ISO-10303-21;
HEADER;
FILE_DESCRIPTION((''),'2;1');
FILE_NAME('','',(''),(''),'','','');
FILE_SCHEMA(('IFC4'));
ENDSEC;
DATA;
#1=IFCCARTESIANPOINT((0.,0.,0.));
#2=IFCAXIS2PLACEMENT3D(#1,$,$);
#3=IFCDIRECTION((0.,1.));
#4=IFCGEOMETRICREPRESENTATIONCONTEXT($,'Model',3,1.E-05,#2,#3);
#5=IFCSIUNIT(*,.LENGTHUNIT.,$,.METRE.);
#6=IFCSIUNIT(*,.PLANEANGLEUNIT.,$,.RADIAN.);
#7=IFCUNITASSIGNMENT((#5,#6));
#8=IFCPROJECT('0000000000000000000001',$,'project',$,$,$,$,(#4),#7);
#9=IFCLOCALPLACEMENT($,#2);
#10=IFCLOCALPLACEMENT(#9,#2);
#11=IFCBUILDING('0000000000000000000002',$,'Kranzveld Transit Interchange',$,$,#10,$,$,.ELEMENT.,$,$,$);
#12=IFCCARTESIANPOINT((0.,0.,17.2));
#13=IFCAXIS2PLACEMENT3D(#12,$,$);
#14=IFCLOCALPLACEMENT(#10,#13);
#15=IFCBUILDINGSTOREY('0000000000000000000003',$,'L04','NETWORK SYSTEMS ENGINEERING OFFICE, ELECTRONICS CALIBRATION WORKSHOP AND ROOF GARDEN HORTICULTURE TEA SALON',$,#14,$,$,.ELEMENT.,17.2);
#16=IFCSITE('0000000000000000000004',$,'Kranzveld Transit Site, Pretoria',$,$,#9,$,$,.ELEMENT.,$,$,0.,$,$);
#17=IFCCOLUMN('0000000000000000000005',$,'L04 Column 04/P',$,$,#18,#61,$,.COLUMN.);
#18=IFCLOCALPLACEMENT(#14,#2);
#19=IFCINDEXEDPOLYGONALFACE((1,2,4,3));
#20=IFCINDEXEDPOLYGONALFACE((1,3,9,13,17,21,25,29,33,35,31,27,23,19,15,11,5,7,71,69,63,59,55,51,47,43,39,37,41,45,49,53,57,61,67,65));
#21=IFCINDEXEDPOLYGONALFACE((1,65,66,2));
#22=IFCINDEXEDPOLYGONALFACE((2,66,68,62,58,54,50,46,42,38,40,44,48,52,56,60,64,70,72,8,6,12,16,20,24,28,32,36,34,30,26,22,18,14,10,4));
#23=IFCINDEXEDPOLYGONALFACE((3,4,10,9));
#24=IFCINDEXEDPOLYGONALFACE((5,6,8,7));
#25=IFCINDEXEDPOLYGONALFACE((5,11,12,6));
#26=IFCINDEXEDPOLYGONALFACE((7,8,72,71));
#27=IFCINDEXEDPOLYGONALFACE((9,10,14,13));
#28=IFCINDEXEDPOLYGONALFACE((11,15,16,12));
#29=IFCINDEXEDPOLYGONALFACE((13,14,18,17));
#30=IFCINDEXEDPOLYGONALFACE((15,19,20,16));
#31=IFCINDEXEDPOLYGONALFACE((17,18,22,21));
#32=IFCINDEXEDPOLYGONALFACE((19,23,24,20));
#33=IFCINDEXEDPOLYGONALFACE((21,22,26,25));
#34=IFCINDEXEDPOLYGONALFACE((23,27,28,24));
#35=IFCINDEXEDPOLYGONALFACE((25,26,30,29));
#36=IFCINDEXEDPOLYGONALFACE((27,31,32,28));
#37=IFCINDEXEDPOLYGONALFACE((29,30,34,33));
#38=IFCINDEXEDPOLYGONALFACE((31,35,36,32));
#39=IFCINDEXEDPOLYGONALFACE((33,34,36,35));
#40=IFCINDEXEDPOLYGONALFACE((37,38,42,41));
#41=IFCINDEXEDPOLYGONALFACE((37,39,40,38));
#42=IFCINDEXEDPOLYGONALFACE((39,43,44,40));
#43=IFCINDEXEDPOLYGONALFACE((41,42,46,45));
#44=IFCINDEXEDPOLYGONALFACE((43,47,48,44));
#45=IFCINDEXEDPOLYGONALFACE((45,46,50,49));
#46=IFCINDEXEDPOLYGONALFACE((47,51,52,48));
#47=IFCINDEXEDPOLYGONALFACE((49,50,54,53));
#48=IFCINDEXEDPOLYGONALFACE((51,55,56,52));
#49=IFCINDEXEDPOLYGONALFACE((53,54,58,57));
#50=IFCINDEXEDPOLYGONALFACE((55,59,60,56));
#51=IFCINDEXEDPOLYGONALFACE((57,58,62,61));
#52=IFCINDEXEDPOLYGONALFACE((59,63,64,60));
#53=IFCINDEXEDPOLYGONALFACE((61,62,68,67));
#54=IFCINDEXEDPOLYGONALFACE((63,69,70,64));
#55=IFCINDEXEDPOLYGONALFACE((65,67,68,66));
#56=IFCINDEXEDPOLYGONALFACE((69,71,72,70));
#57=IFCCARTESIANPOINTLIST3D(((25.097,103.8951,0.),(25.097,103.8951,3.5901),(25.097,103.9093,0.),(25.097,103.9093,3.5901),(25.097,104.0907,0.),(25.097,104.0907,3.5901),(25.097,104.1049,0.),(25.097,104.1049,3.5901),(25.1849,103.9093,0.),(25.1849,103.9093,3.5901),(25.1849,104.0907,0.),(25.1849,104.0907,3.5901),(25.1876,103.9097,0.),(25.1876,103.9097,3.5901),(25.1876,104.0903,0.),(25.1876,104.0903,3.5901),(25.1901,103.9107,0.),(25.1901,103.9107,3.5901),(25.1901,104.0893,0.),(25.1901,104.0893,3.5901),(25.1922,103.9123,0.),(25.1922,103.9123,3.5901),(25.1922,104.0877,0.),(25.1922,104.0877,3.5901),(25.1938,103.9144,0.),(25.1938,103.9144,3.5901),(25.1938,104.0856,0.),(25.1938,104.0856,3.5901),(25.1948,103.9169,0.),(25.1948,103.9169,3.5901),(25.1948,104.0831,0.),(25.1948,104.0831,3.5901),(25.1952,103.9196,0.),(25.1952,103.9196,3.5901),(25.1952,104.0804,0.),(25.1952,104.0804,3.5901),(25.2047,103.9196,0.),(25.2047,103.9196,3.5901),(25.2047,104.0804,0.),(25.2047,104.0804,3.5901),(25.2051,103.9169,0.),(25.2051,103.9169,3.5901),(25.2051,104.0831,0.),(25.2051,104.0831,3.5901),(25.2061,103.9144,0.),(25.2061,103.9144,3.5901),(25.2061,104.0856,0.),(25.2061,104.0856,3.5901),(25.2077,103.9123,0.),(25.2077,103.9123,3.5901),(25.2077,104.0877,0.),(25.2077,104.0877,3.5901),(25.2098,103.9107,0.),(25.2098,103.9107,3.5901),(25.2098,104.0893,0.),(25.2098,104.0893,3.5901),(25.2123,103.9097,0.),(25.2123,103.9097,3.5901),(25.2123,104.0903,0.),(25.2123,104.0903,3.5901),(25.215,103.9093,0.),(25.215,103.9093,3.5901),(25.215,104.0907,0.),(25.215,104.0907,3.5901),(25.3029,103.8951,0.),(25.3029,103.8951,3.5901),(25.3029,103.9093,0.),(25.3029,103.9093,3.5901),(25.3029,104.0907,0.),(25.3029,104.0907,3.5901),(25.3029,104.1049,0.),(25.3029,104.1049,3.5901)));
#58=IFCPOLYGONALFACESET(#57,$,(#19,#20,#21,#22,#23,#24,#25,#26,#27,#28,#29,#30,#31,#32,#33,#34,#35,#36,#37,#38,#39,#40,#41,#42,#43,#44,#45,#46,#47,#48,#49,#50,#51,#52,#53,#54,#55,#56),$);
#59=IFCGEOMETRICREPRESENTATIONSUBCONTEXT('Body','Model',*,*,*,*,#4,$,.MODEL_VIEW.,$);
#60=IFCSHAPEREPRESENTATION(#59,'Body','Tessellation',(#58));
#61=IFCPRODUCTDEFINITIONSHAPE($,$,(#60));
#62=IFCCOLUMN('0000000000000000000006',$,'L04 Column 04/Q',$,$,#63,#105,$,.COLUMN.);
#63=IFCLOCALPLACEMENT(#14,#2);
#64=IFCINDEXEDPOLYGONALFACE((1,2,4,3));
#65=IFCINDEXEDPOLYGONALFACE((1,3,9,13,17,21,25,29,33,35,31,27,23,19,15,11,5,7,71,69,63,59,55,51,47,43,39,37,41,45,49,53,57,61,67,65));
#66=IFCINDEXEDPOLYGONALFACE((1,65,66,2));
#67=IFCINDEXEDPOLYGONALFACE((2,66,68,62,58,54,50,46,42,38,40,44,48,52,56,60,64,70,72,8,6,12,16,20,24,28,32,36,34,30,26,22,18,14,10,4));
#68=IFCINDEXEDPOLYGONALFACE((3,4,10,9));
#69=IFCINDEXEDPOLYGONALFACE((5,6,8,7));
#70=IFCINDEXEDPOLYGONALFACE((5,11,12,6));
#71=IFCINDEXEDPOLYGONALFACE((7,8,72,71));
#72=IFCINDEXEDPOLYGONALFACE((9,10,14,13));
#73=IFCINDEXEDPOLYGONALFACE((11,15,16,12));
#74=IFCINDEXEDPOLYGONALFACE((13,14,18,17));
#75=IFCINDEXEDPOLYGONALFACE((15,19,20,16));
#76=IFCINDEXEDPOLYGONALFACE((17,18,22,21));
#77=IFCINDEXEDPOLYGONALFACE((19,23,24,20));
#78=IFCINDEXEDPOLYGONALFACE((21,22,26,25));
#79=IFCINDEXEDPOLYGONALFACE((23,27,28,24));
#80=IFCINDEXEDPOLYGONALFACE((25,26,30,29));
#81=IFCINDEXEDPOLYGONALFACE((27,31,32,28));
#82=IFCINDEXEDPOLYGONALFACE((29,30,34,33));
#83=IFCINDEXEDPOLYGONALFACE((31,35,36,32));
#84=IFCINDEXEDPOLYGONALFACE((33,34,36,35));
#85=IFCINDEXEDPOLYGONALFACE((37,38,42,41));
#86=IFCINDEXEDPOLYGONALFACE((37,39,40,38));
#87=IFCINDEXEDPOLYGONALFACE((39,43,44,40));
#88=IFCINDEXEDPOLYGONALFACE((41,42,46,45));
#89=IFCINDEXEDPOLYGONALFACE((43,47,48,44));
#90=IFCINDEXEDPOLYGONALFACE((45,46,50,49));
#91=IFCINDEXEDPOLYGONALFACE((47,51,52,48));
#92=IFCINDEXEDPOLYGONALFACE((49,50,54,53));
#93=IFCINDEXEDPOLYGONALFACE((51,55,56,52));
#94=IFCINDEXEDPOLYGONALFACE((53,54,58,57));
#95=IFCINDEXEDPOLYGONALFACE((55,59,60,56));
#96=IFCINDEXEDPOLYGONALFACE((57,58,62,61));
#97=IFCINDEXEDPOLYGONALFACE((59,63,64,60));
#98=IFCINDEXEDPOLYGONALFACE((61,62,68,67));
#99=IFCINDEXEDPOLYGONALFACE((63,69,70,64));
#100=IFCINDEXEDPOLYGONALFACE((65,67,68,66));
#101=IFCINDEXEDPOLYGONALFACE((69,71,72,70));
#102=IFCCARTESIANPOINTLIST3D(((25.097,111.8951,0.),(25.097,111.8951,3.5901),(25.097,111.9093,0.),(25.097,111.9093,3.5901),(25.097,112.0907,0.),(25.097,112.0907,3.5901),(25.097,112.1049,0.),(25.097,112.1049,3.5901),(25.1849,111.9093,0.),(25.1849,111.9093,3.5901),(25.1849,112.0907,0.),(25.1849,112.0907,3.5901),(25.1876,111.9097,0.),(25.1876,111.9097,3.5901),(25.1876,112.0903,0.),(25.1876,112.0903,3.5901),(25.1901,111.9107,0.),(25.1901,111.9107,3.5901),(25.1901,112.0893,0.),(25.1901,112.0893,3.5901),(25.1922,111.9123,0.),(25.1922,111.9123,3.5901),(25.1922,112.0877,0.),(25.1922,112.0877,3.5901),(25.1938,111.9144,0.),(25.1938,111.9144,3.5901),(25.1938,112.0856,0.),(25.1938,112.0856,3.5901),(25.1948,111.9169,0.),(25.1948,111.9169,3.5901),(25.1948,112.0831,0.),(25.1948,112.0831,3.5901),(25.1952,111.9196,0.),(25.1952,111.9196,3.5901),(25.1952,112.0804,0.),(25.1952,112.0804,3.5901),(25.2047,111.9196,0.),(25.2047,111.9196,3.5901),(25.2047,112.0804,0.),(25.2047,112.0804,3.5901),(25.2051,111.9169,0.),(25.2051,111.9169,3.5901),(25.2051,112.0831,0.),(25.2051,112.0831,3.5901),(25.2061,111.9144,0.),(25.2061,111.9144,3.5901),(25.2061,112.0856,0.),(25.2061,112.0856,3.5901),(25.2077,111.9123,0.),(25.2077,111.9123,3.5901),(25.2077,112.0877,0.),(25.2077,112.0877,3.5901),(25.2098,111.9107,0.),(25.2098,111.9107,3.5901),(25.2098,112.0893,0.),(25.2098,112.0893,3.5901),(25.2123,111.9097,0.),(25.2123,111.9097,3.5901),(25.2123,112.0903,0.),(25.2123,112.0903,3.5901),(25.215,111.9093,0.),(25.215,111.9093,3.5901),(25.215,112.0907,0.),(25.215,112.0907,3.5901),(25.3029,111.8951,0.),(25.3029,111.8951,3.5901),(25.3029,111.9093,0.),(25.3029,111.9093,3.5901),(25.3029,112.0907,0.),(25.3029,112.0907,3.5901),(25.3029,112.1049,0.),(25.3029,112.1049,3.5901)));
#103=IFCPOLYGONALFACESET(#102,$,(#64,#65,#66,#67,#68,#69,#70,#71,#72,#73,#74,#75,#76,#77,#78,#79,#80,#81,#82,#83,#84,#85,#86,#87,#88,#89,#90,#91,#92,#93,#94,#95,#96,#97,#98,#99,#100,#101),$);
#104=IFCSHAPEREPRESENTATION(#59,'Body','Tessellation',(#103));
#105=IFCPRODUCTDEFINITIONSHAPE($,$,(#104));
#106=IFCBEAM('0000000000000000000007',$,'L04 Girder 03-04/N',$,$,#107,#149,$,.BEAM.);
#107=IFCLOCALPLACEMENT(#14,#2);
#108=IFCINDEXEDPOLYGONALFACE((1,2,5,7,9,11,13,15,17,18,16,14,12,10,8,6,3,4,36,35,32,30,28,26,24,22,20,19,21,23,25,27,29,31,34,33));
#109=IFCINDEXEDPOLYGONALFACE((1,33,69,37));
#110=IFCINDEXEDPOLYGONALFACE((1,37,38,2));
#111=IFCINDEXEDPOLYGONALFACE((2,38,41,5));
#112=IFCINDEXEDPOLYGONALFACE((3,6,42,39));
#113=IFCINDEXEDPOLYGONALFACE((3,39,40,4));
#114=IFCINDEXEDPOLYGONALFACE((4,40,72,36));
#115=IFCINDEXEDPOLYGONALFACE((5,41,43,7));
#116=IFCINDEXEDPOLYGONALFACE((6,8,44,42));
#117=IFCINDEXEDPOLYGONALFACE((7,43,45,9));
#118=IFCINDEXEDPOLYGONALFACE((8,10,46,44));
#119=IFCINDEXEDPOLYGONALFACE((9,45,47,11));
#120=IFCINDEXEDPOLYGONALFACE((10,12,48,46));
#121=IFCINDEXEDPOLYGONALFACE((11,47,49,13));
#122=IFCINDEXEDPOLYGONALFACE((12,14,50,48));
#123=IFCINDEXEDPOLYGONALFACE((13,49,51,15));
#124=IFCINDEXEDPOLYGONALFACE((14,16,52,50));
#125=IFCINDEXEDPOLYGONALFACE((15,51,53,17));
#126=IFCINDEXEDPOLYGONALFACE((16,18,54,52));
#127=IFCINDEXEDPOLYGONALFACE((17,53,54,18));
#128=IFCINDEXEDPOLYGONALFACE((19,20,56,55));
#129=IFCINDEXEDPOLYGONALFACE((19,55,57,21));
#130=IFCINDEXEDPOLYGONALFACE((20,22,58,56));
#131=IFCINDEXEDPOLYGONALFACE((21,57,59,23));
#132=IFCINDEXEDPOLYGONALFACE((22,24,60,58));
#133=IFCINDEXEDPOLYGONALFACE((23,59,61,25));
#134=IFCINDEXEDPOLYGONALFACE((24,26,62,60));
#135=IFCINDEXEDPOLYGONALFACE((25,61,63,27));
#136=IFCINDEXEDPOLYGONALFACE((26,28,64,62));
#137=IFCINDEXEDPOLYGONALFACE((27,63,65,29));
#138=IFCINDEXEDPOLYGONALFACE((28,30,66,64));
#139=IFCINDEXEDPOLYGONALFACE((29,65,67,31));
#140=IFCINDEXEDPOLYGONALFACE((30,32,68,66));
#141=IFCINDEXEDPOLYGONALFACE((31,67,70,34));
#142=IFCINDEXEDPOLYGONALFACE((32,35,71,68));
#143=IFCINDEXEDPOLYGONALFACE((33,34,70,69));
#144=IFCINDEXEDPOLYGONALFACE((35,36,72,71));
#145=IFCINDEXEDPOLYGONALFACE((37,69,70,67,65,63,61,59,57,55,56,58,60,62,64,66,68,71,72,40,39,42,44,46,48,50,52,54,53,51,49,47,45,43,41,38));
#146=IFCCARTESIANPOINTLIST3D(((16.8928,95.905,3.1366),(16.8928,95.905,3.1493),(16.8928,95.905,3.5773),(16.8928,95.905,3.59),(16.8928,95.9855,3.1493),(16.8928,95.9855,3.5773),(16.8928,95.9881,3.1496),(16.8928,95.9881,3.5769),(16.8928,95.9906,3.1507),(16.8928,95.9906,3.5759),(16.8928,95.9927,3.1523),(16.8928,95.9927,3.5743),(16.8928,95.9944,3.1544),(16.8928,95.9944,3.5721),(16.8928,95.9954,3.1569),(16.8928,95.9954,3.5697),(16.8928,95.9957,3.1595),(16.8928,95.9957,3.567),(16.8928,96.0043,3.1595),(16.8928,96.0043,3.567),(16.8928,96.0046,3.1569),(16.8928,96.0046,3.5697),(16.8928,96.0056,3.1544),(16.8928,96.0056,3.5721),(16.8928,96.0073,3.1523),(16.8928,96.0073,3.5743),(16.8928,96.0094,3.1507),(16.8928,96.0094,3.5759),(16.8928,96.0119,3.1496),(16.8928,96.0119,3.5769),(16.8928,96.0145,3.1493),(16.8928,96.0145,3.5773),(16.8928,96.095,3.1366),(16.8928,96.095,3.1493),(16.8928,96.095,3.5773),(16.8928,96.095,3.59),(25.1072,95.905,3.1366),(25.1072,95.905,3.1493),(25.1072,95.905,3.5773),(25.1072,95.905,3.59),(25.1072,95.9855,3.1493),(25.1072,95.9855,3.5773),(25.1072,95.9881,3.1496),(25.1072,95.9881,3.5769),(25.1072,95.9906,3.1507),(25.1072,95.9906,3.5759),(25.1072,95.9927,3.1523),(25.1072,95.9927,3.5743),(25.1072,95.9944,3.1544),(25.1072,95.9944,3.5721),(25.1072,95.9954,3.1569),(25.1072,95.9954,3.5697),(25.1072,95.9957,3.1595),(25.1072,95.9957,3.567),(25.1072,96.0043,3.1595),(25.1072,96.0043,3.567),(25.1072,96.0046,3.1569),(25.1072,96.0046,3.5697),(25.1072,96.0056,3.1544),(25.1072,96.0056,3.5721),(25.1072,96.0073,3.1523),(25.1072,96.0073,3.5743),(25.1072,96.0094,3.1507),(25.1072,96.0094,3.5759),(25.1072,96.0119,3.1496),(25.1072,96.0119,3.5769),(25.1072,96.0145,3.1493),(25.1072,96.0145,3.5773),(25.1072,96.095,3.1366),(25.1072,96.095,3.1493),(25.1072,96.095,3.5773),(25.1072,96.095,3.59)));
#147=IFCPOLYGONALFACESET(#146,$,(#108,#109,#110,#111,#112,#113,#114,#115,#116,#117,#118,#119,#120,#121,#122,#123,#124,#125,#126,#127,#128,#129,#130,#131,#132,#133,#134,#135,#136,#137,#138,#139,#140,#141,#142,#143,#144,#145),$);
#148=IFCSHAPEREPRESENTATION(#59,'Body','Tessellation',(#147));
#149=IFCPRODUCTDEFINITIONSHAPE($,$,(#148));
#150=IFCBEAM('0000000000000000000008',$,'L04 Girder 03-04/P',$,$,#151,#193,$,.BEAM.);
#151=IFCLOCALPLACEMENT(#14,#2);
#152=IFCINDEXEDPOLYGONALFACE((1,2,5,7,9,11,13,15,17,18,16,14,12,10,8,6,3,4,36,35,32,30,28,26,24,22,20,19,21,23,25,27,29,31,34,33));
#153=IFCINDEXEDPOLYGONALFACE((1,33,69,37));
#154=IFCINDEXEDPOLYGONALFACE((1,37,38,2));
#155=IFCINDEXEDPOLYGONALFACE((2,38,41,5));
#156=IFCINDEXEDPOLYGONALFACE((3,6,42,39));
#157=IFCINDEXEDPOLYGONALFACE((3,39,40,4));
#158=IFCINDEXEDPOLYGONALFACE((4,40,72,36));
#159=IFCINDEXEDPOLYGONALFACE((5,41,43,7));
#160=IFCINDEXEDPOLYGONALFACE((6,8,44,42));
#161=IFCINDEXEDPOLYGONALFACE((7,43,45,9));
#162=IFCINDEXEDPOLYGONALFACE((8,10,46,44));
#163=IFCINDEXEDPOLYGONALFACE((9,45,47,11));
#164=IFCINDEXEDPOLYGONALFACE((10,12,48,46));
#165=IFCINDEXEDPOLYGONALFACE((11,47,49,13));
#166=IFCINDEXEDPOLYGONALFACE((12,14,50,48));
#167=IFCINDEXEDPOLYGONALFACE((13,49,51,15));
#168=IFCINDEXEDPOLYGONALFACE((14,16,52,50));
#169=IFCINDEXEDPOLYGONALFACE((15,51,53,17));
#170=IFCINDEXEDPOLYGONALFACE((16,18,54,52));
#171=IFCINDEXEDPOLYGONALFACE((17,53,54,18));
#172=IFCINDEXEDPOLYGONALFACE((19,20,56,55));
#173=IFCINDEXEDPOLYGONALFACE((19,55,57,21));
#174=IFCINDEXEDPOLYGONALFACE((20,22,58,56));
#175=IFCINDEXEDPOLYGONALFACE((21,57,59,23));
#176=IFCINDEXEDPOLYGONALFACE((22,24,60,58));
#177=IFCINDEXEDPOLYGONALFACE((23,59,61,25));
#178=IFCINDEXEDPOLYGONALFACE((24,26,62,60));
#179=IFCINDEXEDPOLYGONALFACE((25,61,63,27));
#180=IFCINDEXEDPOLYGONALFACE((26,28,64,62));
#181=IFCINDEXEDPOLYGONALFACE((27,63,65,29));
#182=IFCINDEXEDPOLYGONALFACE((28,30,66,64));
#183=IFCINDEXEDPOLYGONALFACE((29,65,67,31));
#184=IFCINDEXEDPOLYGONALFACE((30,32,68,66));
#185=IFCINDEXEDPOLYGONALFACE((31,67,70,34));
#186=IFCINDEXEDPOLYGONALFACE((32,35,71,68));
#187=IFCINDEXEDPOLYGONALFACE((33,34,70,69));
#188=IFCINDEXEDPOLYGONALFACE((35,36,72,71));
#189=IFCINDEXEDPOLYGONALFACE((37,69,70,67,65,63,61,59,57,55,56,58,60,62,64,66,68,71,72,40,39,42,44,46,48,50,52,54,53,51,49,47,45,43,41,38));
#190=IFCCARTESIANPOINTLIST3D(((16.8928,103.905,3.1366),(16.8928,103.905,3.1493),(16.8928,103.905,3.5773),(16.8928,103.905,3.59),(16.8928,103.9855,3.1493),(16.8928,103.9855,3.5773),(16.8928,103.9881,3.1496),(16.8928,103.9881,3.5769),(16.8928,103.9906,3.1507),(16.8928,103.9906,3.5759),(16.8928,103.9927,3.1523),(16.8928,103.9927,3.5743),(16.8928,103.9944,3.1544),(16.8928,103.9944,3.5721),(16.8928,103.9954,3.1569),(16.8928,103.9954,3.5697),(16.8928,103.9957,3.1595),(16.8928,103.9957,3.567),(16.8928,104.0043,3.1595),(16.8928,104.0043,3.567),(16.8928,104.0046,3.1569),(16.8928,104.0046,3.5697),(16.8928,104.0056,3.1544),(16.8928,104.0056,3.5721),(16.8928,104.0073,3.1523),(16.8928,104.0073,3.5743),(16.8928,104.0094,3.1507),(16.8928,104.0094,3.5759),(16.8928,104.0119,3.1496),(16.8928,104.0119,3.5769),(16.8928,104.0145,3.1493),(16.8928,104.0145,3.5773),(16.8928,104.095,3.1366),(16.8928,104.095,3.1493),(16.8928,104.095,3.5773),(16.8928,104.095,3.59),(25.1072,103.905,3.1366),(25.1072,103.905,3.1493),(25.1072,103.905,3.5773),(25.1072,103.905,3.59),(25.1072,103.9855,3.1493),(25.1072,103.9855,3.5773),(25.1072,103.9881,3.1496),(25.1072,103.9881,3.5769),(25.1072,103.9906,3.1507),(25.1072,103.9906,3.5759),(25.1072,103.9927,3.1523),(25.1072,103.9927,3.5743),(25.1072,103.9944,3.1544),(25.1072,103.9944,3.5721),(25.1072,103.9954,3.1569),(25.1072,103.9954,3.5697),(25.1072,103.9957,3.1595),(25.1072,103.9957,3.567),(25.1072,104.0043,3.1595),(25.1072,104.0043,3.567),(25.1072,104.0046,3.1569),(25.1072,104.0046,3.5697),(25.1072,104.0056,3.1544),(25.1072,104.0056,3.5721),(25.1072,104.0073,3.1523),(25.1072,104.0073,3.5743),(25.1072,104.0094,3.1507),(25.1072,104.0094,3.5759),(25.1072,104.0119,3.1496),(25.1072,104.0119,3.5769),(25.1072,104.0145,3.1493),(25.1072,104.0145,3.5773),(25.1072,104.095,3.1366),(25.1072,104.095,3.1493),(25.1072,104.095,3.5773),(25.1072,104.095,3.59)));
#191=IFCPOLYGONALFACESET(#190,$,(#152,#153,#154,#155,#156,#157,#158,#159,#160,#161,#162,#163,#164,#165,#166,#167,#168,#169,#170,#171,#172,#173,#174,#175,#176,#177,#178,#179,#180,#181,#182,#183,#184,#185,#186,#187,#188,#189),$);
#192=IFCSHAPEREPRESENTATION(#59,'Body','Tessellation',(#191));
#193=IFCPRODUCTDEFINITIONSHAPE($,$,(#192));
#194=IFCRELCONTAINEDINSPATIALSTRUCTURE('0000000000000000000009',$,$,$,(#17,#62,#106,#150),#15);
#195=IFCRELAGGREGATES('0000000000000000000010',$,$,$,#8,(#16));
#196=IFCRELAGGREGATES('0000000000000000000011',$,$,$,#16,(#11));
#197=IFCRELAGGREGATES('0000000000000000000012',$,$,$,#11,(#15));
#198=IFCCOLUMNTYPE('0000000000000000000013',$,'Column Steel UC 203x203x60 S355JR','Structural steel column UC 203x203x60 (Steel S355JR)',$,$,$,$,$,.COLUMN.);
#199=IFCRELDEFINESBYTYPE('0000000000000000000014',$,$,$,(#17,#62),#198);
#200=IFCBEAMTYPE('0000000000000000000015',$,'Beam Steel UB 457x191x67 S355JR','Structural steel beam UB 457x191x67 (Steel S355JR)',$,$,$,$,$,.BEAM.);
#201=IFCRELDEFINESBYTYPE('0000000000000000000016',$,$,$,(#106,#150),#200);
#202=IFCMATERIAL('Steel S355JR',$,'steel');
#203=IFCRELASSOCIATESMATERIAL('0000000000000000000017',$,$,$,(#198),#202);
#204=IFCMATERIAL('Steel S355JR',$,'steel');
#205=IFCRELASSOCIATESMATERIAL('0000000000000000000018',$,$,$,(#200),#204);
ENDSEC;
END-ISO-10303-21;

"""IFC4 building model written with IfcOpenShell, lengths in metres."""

from ifc_helpers import new_model, si_unit, direction, frame, origin, origin_2d, place, context, subcontext, project, spatial, i_section, extrude, material, material_profile, profile_set, type_object, element, save


model = new_model("IFC4")

# Units and contexts
model_context = context("Model", 3, precision=1e-05, world=origin(), true_north=direction((0.0, 1.0)))
body_context = subcontext(model_context, "Body", "Model", "MODEL_VIEW")
ifc_project = project(units=[si_unit("LENGTHUNIT", "METRE"), si_unit("PLANEANGLEUNIT", "RADIAN")], contexts=[model_context])

# Site, building, storey
site_placement = place(None, origin())
site = spatial("IfcSite", under=ifc_project, at=site_placement, Name="Kranzveld Transit Site, Pretoria", CompositionType="ELEMENT", RefElevation=0.0)
building_placement = place(site_placement, origin())
building = spatial("IfcBuilding", under=site, at=building_placement, Name="Kranzveld Transit Interchange", CompositionType="ELEMENT")
storey_placement = place(building_placement, frame((0.0, 0.0, 17.2)))
storey = spatial("IfcBuildingStorey", under=building, at=storey_placement, Name="L04", Description="NETWORK SYSTEMS ENGINEERING OFFICE, ELECTRONICS CALIBRATION WORKSHOP AND ROOF GARDEN HORTICULTURE TEA SALON", CompositionType="ELEMENT", Elevation=17.2)

# Columns
ifc_material_1 = material(Name="Steel S355JR", Category="steel")
ifc_material_profile_1 = material_profile(ifc_material_1, i_section(OverallWidth=0.2058, OverallDepth=0.2097, WebThickness=0.0095, FlangeThickness=0.0142, FilletRadius=0.0103, at=origin_2d()), Name="UC 203x203x60")
ifc_profile_set_1 = profile_set([ifc_material_profile_1], Name="Steel S355JR")
column_type = type_object("IfcColumnType", Name="Column Steel UC 203x203x60 S355JR", Description="Structural steel column UC 203x203x60 (Steel S355JR)", PredefinedType="COLUMN", material=ifc_profile_set_1)
for number, where, z_axis, x_axis, name in (
    (1, (25.2, 104.0, 0.0), (0.0, 0.0, 1.0), (1.0, 0.0, 0.0), "L04 Column 04/P"),
    (2, (25.2, 112.0, 0.0), (0.0, 0.0, 1.0), (1.0, 0.0, 0.0), "L04 Column 04/Q"),
):
    element("IfcColumn", number, at=place(storey_placement, frame(where, z_axis=z_axis, x_axis=x_axis)), inside=storey, type_object=column_type, Name=name, PredefinedType="COLUMN", context=body_context, shape_type="SweptSolid", body=[
        extrude(i_section(OverallWidth=0.2058, OverallDepth=0.2097, WebThickness=0.0095, FlangeThickness=0.0142, FilletRadius=0.0103, at=origin_2d()), origin(), (0.0, 0.0, 1.0), 3.5901),
    ])

# Beams
ifc_material_2 = material(Name="Steel S355JR", Category="steel")
ifc_material_profile_2 = material_profile(ifc_material_2, i_section(OverallWidth=0.1899, OverallDepth=0.4534, WebThickness=0.0085, FlangeThickness=0.0127, FilletRadius=0.0103, at=origin_2d()), Name="UB 457x191x67")
ifc_profile_set_2 = profile_set([ifc_material_profile_2], Name="Steel S355JR")
beam_type_1 = type_object("IfcBeamType", Name="Beam Steel UB 457x191x67 S355JR", Description="Structural steel beam UB 457x191x67 (Steel S355JR)", PredefinedType="BEAM", material=ifc_profile_set_2)
for number, where, z_axis, x_axis, name in (
    (3, (16.8928, 96.0, 3.3633), (1.0, 0.0, 0.0), (0.0, 1.0, 0.0), "L04 Girder 03-04/N"),
    (4, (16.8928, 104.0, 3.3633), (1.0, 0.0, 0.0), (0.0, 1.0, 0.0), "L04 Girder 03-04/P"),
):
    element("IfcBeam", number, at=place(storey_placement, frame(where, z_axis=z_axis, x_axis=x_axis)), inside=storey, type_object=beam_type_1, Name=name, PredefinedType="BEAM", context=body_context, shape_type="SweptSolid", body=[
        extrude(i_section(OverallWidth=0.1899, OverallDepth=0.4534, WebThickness=0.0085, FlangeThickness=0.0127, FilletRadius=0.0103, at=origin_2d()), origin(), (0.0, 0.0, 1.0), 8.2144),
    ])

save(model, "model.ifc")
